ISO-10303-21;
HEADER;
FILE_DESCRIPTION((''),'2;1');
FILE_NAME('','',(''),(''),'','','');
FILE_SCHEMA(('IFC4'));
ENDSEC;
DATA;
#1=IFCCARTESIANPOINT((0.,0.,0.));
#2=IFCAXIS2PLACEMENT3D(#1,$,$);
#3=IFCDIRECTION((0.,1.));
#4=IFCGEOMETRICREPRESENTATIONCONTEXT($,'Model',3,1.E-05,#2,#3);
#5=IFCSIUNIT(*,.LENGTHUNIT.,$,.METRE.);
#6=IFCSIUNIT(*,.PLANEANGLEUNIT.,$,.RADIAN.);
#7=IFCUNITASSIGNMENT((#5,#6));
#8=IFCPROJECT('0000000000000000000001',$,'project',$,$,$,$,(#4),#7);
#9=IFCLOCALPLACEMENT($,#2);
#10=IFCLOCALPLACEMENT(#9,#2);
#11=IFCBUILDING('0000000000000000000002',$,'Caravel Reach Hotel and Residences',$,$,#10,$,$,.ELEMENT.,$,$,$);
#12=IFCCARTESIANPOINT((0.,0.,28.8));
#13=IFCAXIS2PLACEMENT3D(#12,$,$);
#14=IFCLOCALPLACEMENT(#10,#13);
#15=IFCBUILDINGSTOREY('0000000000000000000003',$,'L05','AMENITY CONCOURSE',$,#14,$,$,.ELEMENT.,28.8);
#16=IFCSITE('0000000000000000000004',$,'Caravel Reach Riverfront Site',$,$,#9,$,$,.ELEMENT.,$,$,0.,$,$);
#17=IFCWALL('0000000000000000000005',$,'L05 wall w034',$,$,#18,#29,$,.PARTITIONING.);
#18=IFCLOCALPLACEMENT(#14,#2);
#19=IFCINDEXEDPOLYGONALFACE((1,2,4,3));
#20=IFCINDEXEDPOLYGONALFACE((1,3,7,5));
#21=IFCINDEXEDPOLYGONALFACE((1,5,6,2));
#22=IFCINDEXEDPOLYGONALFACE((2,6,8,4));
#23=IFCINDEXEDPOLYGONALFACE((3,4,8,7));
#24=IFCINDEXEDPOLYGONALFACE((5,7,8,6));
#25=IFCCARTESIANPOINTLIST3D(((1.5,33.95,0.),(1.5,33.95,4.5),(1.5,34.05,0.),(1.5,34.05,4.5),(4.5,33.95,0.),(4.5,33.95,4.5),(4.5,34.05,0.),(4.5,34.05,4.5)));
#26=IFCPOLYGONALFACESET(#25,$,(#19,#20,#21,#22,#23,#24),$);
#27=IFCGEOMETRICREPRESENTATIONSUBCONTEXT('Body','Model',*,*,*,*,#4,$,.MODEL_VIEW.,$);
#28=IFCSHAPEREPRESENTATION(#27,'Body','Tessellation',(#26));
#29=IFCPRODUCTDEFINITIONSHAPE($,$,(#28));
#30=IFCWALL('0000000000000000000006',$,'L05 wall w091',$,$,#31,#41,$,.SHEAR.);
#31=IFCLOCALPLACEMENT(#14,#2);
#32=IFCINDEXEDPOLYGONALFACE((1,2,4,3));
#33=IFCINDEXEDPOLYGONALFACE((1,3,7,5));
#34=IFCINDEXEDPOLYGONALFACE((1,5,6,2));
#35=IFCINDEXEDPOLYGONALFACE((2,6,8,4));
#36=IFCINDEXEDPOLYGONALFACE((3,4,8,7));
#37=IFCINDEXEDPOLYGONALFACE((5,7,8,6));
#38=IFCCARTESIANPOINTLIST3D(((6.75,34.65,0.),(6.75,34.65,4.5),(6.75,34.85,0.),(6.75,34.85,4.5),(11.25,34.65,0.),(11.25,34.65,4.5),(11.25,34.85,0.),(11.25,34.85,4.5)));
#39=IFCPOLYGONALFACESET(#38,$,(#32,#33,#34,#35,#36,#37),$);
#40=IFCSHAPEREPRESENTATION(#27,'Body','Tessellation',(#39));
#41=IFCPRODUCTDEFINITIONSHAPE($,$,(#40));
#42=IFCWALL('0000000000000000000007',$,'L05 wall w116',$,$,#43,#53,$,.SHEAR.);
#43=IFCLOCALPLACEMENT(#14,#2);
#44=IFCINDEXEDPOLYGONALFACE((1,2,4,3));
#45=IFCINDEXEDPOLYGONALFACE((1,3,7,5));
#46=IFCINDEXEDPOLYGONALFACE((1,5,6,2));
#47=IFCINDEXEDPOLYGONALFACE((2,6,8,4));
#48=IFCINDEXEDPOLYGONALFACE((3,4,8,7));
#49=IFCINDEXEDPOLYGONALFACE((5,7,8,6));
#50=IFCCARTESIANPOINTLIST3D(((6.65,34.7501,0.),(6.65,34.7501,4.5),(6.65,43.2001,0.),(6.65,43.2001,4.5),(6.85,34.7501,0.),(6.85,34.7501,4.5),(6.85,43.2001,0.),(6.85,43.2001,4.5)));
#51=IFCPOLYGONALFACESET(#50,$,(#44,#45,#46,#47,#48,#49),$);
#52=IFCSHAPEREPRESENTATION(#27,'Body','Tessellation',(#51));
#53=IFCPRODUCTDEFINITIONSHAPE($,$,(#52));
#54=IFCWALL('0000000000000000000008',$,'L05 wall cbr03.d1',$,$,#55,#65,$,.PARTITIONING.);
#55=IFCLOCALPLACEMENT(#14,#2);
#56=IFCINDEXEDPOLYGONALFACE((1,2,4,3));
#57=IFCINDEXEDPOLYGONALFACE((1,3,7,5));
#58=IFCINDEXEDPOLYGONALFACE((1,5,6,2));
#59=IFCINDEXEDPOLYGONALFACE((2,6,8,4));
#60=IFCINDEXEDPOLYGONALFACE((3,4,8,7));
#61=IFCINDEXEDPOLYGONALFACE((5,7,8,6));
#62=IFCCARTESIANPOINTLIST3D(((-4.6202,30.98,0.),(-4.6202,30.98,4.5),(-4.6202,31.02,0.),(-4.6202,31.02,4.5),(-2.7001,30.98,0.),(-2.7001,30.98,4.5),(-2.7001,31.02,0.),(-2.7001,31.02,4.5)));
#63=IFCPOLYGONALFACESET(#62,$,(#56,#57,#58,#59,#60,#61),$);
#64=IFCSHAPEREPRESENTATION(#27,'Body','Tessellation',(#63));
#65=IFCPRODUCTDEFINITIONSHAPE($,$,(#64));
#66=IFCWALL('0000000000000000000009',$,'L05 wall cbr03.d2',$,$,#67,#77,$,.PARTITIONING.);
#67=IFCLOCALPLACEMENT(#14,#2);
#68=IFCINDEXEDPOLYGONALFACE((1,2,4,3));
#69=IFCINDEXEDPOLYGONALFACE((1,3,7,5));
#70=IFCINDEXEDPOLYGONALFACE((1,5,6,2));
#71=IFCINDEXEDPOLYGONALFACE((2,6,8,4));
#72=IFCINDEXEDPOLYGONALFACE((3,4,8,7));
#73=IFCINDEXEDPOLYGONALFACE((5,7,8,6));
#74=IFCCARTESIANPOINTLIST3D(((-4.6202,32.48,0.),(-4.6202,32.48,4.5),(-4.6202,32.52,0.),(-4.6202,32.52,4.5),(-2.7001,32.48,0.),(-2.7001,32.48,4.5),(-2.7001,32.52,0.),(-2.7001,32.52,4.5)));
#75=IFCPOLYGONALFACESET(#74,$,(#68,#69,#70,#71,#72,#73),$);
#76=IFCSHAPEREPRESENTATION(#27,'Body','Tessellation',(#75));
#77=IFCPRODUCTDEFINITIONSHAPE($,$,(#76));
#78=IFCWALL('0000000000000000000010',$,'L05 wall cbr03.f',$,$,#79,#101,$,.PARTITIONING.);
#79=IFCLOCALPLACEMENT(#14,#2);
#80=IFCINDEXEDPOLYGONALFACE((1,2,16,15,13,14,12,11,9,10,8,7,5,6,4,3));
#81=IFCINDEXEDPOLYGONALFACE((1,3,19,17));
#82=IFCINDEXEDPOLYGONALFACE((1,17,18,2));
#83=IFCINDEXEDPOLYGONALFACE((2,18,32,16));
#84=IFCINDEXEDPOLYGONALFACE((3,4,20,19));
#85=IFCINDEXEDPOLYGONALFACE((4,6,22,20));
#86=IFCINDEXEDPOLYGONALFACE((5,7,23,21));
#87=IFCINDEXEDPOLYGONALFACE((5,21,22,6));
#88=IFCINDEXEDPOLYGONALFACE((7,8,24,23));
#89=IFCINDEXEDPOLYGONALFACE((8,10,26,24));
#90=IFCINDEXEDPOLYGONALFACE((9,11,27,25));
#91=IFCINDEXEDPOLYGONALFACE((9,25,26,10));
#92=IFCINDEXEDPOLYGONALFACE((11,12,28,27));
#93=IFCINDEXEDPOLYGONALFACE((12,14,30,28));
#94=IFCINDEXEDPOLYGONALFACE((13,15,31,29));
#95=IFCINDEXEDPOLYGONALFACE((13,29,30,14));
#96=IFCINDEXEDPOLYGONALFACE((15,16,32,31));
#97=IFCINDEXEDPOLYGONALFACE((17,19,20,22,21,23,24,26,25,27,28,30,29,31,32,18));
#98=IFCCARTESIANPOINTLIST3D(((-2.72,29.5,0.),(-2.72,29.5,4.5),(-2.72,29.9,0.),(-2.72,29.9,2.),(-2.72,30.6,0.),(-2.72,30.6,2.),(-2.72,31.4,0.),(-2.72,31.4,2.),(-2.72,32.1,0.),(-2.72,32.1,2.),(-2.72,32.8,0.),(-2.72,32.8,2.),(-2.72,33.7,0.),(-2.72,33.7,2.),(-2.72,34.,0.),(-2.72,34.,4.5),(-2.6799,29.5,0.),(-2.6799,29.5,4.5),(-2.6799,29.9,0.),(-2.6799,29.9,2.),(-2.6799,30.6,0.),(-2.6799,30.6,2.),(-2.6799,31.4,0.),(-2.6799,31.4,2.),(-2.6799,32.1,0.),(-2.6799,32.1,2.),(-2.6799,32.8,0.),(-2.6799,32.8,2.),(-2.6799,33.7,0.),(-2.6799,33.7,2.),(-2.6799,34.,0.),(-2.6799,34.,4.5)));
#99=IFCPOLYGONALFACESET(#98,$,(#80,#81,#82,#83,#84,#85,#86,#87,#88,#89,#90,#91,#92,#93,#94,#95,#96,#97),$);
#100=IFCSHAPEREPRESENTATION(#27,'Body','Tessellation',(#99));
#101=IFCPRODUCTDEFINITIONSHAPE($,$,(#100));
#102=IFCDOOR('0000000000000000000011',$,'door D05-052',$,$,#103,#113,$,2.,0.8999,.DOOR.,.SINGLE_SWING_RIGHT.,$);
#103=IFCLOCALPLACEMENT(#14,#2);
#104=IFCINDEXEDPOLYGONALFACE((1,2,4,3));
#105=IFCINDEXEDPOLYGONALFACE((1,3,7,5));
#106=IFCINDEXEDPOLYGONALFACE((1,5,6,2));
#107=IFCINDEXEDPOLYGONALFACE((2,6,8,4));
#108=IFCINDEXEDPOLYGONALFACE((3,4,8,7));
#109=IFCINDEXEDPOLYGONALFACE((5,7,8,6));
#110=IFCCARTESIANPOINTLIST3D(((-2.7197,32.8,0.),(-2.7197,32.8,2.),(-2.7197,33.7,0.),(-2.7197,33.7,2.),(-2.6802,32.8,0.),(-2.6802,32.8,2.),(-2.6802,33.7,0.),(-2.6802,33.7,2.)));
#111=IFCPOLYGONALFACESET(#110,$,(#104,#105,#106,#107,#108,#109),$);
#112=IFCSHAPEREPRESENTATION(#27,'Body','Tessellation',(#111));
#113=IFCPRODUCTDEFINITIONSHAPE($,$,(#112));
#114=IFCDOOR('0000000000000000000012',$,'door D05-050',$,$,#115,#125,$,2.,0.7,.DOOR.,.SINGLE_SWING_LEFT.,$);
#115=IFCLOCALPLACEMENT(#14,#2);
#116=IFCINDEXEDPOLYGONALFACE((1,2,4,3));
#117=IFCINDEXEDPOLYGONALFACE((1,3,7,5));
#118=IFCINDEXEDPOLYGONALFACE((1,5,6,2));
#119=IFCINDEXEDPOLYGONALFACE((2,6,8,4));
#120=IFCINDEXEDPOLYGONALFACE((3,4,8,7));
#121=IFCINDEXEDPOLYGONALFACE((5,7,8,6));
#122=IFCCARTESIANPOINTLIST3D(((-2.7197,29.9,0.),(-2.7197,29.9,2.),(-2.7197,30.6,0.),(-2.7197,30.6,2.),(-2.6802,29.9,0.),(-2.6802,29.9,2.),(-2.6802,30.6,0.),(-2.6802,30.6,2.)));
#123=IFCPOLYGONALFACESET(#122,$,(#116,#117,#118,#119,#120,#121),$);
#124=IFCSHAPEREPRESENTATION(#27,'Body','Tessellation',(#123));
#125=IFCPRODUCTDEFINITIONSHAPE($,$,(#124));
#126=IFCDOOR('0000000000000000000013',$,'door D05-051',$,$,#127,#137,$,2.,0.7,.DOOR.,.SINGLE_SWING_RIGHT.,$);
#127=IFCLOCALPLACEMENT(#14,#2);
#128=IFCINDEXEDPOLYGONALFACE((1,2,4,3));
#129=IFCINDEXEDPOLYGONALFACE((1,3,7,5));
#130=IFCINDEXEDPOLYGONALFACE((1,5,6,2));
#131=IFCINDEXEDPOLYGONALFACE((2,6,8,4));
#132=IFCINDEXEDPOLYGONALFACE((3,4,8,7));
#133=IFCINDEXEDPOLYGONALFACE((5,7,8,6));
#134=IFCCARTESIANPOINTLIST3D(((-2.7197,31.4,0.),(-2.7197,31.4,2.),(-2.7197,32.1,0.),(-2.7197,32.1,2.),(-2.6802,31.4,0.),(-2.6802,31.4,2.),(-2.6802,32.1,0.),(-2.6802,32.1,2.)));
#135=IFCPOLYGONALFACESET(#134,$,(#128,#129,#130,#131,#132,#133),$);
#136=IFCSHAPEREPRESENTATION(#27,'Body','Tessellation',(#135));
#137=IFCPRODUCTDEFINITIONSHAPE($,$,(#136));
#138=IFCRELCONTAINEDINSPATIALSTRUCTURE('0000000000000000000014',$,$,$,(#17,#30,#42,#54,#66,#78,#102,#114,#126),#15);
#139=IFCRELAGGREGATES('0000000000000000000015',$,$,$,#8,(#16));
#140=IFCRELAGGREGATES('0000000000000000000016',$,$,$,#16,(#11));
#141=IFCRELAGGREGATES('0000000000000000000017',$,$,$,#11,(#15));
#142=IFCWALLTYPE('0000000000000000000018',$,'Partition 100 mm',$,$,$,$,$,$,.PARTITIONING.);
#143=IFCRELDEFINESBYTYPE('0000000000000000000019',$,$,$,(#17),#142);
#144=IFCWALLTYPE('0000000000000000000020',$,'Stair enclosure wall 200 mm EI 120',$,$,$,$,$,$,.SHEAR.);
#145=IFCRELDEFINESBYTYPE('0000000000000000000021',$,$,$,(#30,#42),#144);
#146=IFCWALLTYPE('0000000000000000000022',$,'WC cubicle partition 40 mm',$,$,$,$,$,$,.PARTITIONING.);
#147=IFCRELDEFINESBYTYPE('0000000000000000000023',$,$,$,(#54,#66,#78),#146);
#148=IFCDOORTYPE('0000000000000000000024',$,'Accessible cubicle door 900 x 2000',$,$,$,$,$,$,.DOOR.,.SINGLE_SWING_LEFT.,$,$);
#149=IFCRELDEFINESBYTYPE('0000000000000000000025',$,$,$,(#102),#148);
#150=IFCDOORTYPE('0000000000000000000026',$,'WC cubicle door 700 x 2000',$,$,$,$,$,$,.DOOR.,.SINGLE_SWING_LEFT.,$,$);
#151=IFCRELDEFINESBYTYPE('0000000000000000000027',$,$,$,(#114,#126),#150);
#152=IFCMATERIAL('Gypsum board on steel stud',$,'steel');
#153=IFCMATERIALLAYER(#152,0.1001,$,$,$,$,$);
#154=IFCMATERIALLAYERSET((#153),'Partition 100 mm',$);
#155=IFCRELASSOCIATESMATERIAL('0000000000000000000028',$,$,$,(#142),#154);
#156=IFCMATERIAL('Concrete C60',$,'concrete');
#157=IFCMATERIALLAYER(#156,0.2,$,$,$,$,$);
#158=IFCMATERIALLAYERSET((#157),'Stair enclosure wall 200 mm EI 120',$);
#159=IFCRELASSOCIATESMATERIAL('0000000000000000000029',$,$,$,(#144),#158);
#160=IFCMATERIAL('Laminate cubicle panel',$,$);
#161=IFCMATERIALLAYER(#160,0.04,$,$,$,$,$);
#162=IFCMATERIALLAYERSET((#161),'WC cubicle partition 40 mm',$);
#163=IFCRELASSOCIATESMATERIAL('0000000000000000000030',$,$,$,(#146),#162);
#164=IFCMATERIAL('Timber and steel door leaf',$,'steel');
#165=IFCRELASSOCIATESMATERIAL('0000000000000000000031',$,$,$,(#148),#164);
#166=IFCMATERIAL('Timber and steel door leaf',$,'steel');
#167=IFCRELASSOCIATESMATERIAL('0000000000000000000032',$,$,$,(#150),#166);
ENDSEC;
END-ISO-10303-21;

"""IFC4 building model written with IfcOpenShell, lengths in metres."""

from ifc_helpers import new_model, si_unit, direction, frame, frame_2d, origin, place, context, subcontext, project, spatial, rectangle, extrude, material, layer, layer_set, type_object, element, fill, save


model = new_model("IFC4")

# Units and contexts
model_context = context("Model", 3, precision=1e-05, world=origin(), true_north=direction((0.0, 1.0)))
body_context = subcontext(model_context, "Body", "Model", "MODEL_VIEW")
ifc_project = project(units=[si_unit("LENGTHUNIT", "METRE"), si_unit("PLANEANGLEUNIT", "RADIAN")], contexts=[model_context])

# Site, building, storey
site_placement = place(None, origin())
site = spatial("IfcSite", under=ifc_project, at=site_placement, Name="Caravel Reach Riverfront Site", CompositionType="ELEMENT", RefElevation=0.0)
building_placement = place(site_placement, origin())
building = spatial("IfcBuilding", under=site, at=building_placement, Name="Caravel Reach Hotel and Residences", CompositionType="ELEMENT")
storey_placement = place(building_placement, frame((0.0, 0.0, 28.8)))
storey = spatial("IfcBuildingStorey", under=building, at=storey_placement, Name="L05", Description="AMENITY CONCOURSE", CompositionType="ELEMENT", Elevation=28.8)

# Walls
ifc_material_1 = material(Name="Gypsum board on steel stud", Category="steel")
ifc_layer_1 = layer(ifc_material_1, 0.1001)
ifc_layer_set_1 = layer_set([ifc_layer_1], Name="Partition 100 mm")
wall_type_1 = type_object("IfcWallType", Name="Partition 100 mm", PredefinedType="PARTITIONING", material=ifc_layer_set_1)
wall_1_placement = place(storey_placement, frame((1.5, 34.0, 0.0), z_axis=(0.0, 0.0, 1.0), x_axis=(1.0, 0.0, 0.0)))
element("IfcWall", 1, at=wall_1_placement, inside=storey, type_object=wall_type_1, Name="L05 wall w034", PredefinedType="PARTITIONING", context=body_context, shape_type="SweptSolid", body=[
    extrude(rectangle(XDim=3.0, YDim=0.1001, at=frame_2d((1.5, 0.0))), origin(), (0.0, 0.0, 1.0), 4.5),
])
ifc_material_2 = material(Name="Concrete C60", Category="concrete")
ifc_layer_2 = layer(ifc_material_2, 0.2)
ifc_layer_set_2 = layer_set([ifc_layer_2], Name="Stair enclosure wall 200 mm EI 120")
wall_type_2 = type_object("IfcWallType", Name="Stair enclosure wall 200 mm EI 120", PredefinedType="SHEAR", material=ifc_layer_set_2)
wall_2_placement = place(storey_placement, frame((6.75, 34.75, 0.0), z_axis=(0.0, 0.0, 1.0), x_axis=(1.0, 0.0, 0.0)))
element("IfcWall", 2, at=wall_2_placement, inside=storey, type_object=wall_type_2, Name="L05 wall w091", PredefinedType="SHEAR", context=body_context, shape_type="SweptSolid", body=[
    extrude(rectangle(XDim=4.5, YDim=0.2, at=frame_2d((2.25, 0.0))), origin(), (0.0, 0.0, 1.0), 4.5),
])
wall_3_placement = place(storey_placement, frame((6.75, 34.75, 0.0), z_axis=(0.0, 0.0, 1.0), x_axis=(0.0, 1.0, 0.0)))
element("IfcWall", 3, at=wall_3_placement, inside=storey, type_object=wall_type_2, Name="L05 wall w116", PredefinedType="SHEAR", context=body_context, shape_type="SweptSolid", body=[
    extrude(rectangle(XDim=8.45, YDim=0.2, at=frame_2d((4.2251, 0.0))), origin(), (0.0, 0.0, 1.0), 4.5),
])
ifc_material_3 = material(Name="Laminate cubicle panel")
ifc_layer_3 = layer(ifc_material_3, 0.04)
ifc_layer_set_3 = layer_set([ifc_layer_3], Name="WC cubicle partition 40 mm")
wall_type_3 = type_object("IfcWallType", Name="WC cubicle partition 40 mm", PredefinedType="PARTITIONING", material=ifc_layer_set_3)
for number, where, z_axis, x_axis, name in (
    (4, (-4.6201, 31.0, 0.0), (0.0, 0.0, 1.0), (1.0, 0.0, 0.0), "L05 wall cbr03.d1"),
    (5, (-4.6201, 32.5, 0.0), (0.0, 0.0, 1.0), (1.0, 0.0, 0.0), "L05 wall cbr03.d2"),
):
    element("IfcWall", number, at=place(storey_placement, frame(where, z_axis=z_axis, x_axis=x_axis)), inside=storey, type_object=wall_type_3, Name=name, PredefinedType="PARTITIONING", context=body_context, shape_type="SweptSolid", body=[
        extrude(rectangle(XDim=1.9202, YDim=0.04, at=frame_2d((0.96, 0.0))), origin(), (0.0, 0.0, 1.0), 4.5),
    ])

# Wall, openings, doors
wall_4_placement = place(storey_placement, frame((-2.7, 29.5, 0.0), z_axis=(0.0, 0.0, 1.0), x_axis=(0.0, 1.0, 0.0)))
wall_4 = element("IfcWall", 6, at=wall_4_placement, inside=storey, type_object=wall_type_3, Name="L05 wall cbr03.f", PredefinedType="PARTITIONING", context=body_context, shape_type="SweptSolid", body=[
    extrude(rectangle(XDim=4.5, YDim=0.04, at=frame_2d((2.25, 0.0))), origin(), (0.0, 0.0, 1.0), 4.5),
])
opening_1_placement = place(wall_4_placement, frame((0.3999, 0.0, 0.0)))
opening_1 = element("IfcOpeningElement", 7, at=opening_1_placement, cuts=wall_4, PredefinedType="OPENING", context=body_context, shape_type="SweptSolid", body=[
    extrude(rectangle(XDim=0.7, YDim=2.0, at=frame_2d((0.3501, 1.0))), frame((0.0, 0.03, 0.0), z_axis=(0.0, -1.0, 0.0), x_axis=(1.0, 0.0, 0.0)), (0.0, 0.0, 1.0), 0.0601),
])
opening_2_placement = place(wall_4_placement, frame((1.8999, 0.0, 0.0)))
opening_2 = element("IfcOpeningElement", 8, at=opening_2_placement, cuts=wall_4, PredefinedType="OPENING", context=body_context, shape_type="SweptSolid", body=[
    extrude(rectangle(XDim=0.7, YDim=2.0, at=frame_2d((0.3501, 1.0))), frame((0.0, 0.03, 0.0), z_axis=(0.0, -1.0, 0.0), x_axis=(1.0, 0.0, 0.0)), (0.0, 0.0, 1.0), 0.0601),
])
opening_3_placement = place(wall_4_placement, frame((3.3, 0.0, 0.0)))
opening_3 = element("IfcOpeningElement", 9, at=opening_3_placement, cuts=wall_4, PredefinedType="OPENING", context=body_context, shape_type="SweptSolid", body=[
    extrude(rectangle(XDim=0.8999, YDim=2.0, at=frame_2d((0.45, 1.0))), frame((0.0, 0.03, 0.0), z_axis=(0.0, -1.0, 0.0), x_axis=(1.0, 0.0, 0.0)), (0.0, 0.0, 1.0), 0.0601),
])
ifc_material_4 = material(Name="Timber and steel door leaf", Category="steel")
door_type_1 = type_object("IfcDoorType", Name="Accessible cubicle door 900 x 2000", OperationType="SINGLE_SWING_LEFT", PredefinedType="DOOR", material=ifc_material_4)
door_1_placement = place(opening_3_placement, origin())
door_1 = element("IfcDoor", 10, at=door_1_placement, inside=storey, type_object=door_type_1, Name="door D05-052", OperationType="SINGLE_SWING_RIGHT", OverallHeight=2.0, OverallWidth=0.8999, PredefinedType="DOOR", context=body_context, shape_type="SweptSolid", body=[
    extrude(rectangle(XDim=0.8999, YDim=2.0, at=frame_2d((0.45, 1.0))), frame((0.0, 0.0198, 0.0), z_axis=(0.0, -1.0, 0.0), x_axis=(1.0, 0.0, 0.0)), (0.0, 0.0, 1.0), 0.0396),
])
fill(opening_3, door_1)
ifc_material_5 = material(Name="Timber and steel door leaf", Category="steel")
door_type_2 = type_object("IfcDoorType", Name="WC cubicle door 700 x 2000", OperationType="SINGLE_SWING_LEFT", PredefinedType="DOOR", material=ifc_material_5)
door_2_placement = place(opening_1_placement, origin())
door_2 = element("IfcDoor", 11, at=door_2_placement, inside=storey, type_object=door_type_2, Name="door D05-050", OperationType="SINGLE_SWING_LEFT", OverallHeight=2.0, OverallWidth=0.7, PredefinedType="DOOR", context=body_context, shape_type="SweptSolid", body=[
    extrude(rectangle(XDim=0.7, YDim=2.0, at=frame_2d((0.3501, 1.0))), frame((0.0, 0.0198, 0.0), z_axis=(0.0, -1.0, 0.0), x_axis=(1.0, 0.0, 0.0)), (0.0, 0.0, 1.0), 0.0396),
])
fill(opening_1, door_2)
door_3_placement = place(opening_2_placement, origin())
door_3 = element("IfcDoor", 12, at=door_3_placement, inside=storey, type_object=door_type_2, Name="door D05-051", OperationType="SINGLE_SWING_RIGHT", OverallHeight=2.0, OverallWidth=0.7, PredefinedType="DOOR", context=body_context, shape_type="SweptSolid", body=[
    extrude(rectangle(XDim=0.7, YDim=2.0, at=frame_2d((0.3501, 1.0))), frame((0.0, 0.0198, 0.0), z_axis=(0.0, -1.0, 0.0), x_axis=(1.0, 0.0, 0.0)), (0.0, 0.0, 1.0), 0.0396),
])
fill(opening_2, door_3)

save(model, "model.ifc")
